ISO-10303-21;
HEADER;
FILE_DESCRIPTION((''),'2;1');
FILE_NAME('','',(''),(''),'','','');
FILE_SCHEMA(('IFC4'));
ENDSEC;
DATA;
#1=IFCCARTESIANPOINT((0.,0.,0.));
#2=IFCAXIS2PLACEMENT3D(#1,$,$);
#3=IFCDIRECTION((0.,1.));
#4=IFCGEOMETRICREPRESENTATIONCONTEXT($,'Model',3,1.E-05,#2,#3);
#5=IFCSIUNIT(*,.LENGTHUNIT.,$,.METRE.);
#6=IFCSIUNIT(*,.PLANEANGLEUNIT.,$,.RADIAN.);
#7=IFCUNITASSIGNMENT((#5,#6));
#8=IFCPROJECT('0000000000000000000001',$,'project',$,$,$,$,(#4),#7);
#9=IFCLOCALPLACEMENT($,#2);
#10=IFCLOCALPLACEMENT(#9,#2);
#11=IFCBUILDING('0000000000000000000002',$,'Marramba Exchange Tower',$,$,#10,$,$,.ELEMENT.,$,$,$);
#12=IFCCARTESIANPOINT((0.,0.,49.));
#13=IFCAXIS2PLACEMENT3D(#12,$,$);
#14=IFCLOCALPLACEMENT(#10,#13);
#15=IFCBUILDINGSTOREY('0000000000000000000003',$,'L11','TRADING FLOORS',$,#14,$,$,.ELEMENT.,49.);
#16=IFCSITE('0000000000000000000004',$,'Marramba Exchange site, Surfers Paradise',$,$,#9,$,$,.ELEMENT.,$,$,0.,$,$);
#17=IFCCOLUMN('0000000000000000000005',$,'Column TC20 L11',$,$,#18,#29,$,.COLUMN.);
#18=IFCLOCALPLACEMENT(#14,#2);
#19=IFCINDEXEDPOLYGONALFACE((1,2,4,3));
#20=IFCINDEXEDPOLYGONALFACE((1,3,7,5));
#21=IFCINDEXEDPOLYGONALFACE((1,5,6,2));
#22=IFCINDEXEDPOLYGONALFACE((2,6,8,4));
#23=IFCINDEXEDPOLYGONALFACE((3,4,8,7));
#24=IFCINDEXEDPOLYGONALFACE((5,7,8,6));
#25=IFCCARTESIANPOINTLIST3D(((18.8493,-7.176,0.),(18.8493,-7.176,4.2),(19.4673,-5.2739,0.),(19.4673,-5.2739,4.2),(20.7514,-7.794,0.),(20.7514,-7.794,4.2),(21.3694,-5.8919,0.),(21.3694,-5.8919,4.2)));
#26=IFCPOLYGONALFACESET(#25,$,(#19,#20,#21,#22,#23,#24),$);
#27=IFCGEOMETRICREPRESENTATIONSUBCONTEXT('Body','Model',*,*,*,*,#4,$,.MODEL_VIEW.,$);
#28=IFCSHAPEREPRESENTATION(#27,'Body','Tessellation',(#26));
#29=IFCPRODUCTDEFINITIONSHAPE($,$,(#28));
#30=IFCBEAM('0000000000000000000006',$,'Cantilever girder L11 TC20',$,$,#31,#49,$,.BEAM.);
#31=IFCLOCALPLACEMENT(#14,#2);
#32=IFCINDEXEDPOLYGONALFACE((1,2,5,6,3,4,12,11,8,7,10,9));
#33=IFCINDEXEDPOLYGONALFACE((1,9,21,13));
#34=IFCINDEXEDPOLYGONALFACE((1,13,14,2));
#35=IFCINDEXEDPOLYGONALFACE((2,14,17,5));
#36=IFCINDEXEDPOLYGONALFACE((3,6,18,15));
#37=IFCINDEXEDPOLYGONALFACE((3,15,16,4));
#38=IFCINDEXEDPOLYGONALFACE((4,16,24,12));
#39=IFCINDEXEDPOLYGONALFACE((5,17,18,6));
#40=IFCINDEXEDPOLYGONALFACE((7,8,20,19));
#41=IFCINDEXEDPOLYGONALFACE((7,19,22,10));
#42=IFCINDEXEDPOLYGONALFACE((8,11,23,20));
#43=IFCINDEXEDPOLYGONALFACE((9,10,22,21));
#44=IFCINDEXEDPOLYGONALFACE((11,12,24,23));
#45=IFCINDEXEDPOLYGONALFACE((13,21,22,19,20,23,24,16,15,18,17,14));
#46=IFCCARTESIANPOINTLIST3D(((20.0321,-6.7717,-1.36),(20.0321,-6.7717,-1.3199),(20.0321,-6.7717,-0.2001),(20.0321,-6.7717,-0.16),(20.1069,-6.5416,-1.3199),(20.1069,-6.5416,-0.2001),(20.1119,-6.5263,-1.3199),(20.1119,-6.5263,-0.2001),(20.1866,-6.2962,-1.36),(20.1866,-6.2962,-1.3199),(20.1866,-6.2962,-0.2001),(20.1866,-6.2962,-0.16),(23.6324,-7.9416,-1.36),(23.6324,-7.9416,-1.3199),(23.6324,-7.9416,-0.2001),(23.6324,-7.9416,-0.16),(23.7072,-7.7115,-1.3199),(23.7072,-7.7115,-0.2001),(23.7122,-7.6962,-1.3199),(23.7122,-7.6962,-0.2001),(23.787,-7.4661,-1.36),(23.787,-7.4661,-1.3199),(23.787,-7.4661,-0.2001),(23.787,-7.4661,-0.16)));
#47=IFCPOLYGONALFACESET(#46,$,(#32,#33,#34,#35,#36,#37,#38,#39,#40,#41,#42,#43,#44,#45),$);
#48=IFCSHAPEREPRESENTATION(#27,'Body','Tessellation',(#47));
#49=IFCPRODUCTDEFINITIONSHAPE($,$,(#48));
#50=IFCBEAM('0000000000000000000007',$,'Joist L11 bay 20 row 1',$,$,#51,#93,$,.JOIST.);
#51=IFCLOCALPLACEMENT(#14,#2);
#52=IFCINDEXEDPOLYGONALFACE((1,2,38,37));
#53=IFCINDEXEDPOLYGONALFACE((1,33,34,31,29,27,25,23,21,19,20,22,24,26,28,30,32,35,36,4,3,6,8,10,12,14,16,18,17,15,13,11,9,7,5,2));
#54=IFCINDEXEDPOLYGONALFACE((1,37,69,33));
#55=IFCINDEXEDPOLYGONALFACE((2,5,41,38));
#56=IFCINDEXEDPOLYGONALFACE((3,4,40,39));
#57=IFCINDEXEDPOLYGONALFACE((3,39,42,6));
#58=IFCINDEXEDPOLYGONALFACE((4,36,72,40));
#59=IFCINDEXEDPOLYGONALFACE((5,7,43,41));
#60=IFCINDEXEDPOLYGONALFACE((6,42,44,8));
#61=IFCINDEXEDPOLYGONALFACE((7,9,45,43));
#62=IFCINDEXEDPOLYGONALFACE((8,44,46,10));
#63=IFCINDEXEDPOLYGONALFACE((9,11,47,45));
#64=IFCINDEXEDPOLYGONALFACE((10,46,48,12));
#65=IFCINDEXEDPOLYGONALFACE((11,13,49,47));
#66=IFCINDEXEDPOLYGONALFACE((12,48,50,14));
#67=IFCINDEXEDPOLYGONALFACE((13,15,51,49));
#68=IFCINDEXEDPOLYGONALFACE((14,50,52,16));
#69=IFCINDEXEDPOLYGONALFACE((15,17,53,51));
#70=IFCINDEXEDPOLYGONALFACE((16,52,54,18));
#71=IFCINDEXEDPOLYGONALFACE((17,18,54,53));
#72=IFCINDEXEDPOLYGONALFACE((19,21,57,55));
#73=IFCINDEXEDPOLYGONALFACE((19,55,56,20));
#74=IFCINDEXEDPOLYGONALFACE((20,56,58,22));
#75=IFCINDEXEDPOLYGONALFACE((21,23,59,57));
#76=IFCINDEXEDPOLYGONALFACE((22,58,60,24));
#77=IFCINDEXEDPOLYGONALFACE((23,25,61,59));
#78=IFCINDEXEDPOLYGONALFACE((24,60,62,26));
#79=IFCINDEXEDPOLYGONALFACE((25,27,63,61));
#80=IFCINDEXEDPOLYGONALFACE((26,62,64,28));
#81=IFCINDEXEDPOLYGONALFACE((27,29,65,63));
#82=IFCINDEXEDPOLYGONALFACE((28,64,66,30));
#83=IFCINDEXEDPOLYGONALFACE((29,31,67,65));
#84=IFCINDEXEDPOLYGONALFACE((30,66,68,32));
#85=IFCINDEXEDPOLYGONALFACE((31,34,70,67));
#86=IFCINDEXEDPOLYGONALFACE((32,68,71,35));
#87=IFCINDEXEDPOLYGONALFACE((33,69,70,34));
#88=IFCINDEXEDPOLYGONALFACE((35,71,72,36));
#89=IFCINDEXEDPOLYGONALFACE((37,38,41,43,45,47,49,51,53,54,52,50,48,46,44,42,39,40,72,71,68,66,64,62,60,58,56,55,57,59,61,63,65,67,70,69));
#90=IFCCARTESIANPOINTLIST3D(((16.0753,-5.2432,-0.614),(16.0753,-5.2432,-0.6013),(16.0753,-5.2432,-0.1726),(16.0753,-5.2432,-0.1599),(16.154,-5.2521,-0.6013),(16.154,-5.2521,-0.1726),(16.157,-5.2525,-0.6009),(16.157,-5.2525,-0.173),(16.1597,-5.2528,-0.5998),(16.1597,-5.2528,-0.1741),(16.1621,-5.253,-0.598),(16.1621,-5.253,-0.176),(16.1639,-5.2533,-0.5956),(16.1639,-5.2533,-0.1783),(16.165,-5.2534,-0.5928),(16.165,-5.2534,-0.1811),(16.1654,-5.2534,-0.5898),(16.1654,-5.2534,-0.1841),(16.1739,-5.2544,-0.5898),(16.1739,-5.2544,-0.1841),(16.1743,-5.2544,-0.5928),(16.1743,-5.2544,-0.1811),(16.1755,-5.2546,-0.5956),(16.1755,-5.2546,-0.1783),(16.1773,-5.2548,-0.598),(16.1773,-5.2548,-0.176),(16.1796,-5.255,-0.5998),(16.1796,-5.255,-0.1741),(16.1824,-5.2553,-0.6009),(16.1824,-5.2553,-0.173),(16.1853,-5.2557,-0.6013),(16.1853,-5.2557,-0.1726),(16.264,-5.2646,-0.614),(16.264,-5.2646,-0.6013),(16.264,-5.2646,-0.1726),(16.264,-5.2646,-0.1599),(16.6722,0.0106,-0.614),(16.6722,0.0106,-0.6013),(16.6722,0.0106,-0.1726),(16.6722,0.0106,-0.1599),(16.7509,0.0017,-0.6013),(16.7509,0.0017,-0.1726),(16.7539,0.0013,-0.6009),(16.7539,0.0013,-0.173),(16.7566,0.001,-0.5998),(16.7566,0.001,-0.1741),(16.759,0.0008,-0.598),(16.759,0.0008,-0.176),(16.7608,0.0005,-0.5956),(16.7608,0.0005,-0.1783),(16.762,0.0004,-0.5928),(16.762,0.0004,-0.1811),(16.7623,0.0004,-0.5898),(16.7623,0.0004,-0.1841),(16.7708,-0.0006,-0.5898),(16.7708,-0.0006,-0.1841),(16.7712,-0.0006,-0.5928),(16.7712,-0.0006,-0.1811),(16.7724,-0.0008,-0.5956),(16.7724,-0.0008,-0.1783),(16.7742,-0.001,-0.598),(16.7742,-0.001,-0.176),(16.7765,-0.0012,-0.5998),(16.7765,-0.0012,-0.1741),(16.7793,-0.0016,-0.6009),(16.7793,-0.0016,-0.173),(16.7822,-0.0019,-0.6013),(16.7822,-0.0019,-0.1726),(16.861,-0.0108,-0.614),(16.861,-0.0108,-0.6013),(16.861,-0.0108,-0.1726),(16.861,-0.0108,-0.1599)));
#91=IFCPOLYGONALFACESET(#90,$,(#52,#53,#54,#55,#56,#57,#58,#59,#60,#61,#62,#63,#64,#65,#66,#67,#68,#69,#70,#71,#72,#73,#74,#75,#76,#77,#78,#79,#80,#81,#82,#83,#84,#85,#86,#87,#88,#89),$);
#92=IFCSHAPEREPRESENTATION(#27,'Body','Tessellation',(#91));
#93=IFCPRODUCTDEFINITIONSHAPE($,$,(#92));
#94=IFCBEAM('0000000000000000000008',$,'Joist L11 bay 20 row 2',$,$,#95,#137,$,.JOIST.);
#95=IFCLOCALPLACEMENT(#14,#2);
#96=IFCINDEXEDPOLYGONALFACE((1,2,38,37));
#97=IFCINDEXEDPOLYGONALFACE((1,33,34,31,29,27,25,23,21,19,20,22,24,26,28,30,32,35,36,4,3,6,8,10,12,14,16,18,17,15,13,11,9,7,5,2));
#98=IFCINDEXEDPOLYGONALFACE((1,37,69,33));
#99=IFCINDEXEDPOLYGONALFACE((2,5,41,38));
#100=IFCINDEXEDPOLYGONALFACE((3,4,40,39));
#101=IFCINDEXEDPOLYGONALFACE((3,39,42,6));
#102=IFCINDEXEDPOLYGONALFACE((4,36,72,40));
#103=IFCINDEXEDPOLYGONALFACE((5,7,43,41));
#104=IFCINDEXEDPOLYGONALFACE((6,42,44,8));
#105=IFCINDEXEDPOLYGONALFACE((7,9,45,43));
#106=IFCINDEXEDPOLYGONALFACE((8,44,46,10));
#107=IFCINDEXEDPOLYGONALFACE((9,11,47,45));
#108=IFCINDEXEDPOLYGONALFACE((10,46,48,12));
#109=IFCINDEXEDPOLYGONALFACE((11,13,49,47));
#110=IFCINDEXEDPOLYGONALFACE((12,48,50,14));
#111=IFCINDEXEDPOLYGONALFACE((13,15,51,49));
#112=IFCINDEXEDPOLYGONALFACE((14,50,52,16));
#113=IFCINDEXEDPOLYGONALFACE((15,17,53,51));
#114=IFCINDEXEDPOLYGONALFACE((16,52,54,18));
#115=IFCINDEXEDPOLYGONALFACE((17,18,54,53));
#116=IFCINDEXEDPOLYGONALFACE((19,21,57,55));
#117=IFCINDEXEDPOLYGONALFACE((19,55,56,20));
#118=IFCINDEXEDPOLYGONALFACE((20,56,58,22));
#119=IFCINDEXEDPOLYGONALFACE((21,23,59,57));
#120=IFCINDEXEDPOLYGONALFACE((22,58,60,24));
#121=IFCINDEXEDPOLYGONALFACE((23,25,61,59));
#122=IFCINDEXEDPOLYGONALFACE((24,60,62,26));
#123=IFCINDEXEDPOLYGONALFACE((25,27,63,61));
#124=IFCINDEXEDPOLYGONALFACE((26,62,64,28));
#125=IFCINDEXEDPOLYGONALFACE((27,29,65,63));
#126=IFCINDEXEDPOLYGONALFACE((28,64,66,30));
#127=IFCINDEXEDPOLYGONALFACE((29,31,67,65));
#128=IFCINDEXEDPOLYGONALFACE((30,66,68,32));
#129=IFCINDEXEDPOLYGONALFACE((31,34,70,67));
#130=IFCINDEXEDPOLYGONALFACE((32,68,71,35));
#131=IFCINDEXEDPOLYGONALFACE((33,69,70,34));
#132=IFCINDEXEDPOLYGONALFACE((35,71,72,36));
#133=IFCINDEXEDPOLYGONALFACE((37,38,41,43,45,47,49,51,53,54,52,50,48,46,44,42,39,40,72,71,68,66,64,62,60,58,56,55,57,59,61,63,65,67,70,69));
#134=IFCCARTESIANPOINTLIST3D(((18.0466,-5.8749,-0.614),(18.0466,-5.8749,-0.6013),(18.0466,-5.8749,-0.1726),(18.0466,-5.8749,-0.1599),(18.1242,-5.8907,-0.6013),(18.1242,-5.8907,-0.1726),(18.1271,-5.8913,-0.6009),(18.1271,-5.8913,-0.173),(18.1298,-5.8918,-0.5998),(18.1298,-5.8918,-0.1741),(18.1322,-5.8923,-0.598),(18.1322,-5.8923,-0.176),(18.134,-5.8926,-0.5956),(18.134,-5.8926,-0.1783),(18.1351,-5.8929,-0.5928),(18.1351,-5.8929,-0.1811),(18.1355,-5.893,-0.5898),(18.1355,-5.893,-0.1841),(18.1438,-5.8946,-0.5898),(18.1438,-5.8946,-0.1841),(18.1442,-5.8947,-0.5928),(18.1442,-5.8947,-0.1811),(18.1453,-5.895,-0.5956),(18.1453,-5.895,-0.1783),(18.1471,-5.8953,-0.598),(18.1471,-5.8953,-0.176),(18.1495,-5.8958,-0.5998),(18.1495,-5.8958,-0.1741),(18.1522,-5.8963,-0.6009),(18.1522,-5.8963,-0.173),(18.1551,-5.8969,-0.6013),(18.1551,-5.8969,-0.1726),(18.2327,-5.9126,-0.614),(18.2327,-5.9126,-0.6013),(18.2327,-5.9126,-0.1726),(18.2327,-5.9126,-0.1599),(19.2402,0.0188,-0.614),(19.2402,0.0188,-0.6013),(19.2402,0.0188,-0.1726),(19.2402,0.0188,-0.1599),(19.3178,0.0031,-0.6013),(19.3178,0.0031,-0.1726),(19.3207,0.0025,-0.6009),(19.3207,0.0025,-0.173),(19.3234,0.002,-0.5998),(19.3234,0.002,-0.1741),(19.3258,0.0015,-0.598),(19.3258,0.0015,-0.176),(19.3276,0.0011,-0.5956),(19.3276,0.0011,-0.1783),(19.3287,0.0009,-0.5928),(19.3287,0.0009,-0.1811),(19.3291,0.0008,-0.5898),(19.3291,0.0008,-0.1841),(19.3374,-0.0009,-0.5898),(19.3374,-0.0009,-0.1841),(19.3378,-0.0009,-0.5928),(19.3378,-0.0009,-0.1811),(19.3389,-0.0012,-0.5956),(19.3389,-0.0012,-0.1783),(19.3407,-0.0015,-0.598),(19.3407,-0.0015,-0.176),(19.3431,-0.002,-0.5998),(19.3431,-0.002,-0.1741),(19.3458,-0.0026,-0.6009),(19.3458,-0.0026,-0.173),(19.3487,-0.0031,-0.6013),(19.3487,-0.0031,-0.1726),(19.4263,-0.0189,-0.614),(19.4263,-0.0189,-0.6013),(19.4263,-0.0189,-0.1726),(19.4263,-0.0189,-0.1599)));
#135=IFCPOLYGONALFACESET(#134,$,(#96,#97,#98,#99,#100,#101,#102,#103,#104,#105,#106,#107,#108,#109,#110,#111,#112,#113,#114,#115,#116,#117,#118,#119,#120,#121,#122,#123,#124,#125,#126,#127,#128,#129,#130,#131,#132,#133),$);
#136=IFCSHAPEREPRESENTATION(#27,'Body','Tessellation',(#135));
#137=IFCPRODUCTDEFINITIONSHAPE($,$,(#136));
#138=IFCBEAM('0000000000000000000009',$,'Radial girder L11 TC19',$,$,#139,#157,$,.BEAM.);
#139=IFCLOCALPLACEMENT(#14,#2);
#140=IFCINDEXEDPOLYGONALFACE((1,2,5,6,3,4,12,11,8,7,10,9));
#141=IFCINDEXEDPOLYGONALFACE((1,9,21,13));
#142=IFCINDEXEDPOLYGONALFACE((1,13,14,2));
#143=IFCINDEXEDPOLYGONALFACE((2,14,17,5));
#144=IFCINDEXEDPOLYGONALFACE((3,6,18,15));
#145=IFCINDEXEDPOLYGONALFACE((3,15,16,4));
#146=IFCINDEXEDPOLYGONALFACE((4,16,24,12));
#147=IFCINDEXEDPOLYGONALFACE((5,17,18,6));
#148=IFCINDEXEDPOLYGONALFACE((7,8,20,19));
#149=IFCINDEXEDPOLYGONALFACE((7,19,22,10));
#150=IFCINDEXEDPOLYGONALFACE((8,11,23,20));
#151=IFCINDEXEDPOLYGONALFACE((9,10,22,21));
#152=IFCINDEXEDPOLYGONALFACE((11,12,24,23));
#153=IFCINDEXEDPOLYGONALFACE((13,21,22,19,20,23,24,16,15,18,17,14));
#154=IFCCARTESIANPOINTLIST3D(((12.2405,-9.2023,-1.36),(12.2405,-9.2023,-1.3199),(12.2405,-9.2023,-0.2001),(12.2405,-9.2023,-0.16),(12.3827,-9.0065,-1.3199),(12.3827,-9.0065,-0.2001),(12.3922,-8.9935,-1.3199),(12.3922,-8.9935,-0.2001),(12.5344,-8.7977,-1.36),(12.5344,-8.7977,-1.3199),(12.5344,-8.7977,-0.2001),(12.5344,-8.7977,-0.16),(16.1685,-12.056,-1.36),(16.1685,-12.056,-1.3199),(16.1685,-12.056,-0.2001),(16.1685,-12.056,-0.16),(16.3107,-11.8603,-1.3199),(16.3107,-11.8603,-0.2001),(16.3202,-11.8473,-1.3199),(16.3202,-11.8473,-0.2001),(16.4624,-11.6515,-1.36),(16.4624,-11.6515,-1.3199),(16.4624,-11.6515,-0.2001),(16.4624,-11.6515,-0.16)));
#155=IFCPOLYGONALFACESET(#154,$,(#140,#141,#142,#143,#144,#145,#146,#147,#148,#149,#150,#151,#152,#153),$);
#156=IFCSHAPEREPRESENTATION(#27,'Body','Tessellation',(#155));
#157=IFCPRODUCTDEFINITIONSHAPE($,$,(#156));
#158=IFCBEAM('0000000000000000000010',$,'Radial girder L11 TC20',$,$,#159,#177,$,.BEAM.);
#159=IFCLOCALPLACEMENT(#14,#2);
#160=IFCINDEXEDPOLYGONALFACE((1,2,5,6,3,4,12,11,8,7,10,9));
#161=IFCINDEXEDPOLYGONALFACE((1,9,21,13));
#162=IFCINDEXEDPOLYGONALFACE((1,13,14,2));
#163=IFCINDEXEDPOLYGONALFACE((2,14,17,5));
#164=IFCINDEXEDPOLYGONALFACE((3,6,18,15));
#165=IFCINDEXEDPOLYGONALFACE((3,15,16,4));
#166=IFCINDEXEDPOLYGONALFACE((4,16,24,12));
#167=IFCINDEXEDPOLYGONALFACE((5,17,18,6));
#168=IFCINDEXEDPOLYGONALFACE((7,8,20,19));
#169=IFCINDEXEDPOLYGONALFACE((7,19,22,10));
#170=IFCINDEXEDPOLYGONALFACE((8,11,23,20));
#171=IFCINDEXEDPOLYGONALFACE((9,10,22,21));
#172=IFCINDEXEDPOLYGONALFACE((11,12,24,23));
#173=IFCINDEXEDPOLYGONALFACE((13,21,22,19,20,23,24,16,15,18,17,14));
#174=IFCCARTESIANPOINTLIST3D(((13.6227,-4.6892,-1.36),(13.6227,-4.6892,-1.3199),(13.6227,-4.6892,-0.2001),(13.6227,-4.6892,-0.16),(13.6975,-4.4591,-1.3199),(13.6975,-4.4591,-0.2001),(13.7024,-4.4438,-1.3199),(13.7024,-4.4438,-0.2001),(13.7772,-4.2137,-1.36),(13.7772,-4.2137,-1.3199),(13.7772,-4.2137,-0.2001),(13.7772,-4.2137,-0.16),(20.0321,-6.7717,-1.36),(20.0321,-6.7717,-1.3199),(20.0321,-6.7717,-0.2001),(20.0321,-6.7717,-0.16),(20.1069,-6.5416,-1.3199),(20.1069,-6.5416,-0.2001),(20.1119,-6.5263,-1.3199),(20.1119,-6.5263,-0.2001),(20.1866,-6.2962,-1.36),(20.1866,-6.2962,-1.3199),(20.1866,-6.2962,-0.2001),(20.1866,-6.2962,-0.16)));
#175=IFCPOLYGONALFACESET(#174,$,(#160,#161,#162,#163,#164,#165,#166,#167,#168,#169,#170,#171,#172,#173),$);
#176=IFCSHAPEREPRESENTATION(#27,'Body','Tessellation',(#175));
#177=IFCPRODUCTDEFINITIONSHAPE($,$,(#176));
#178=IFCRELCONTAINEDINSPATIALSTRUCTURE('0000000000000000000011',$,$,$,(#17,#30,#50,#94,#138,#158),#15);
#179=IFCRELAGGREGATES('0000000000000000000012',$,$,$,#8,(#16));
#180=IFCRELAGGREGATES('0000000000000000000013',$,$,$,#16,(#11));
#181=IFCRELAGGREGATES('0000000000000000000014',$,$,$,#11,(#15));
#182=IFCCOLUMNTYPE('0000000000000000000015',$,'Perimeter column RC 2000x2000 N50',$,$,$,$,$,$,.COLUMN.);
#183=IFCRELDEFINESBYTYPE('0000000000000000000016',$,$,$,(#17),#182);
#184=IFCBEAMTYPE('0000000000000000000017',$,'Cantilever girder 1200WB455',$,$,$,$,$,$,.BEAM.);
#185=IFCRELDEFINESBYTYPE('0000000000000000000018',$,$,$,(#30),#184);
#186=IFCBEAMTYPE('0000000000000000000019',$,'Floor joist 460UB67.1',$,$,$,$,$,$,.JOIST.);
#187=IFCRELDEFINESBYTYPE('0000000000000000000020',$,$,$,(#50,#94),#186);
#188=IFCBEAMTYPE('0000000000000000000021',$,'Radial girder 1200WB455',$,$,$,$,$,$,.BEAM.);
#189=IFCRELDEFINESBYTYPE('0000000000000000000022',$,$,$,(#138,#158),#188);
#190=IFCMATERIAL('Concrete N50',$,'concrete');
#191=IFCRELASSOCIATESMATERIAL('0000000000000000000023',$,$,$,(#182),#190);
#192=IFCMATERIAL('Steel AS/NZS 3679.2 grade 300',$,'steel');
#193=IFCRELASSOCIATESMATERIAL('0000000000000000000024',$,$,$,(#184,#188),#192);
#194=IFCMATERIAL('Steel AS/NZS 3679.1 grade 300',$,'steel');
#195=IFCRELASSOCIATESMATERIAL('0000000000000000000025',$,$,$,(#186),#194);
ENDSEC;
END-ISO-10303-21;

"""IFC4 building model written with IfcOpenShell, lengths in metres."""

from ifc_helpers import new_model, si_unit, direction, frame, origin, origin_2d, place, context, subcontext, project, spatial, rectangle, i_section, extrude, material, material_profile, profile_set, type_object, element, save


model = new_model("IFC4")

# Units and contexts
model_context = context("Model", 3, precision=1e-05, world=origin(), true_north=direction((0.0, 1.0)))
body_context = subcontext(model_context, "Body", "Model", "MODEL_VIEW")
ifc_project = project(units=[si_unit("LENGTHUNIT", "METRE"), si_unit("PLANEANGLEUNIT", "RADIAN")], contexts=[model_context])

# Site, building, storey
site_placement = place(None, origin())
site = spatial("IfcSite", under=ifc_project, at=site_placement, Name="Marramba Exchange site, Surfers Paradise", CompositionType="ELEMENT", RefElevation=0.0)
building_placement = place(site_placement, origin())
building = spatial("IfcBuilding", under=site, at=building_placement, Name="Marramba Exchange Tower", CompositionType="ELEMENT")
storey_placement = place(building_placement, frame((0.0, 0.0, 49.0)))
storey = spatial("IfcBuildingStorey", under=building, at=storey_placement, Name="L11", Description="TRADING FLOORS", CompositionType="ELEMENT", Elevation=49.0)

# Column
ifc_material_1 = material(Name="Concrete N50", Category="concrete")
ifc_material_profile_1 = material_profile(ifc_material_1, rectangle(XDim=2.0, YDim=2.0, at=origin_2d()), Name="RC 2000x2000")
ifc_profile_set_1 = profile_set([ifc_material_profile_1], Name="Concrete N50")
column_type = type_object("IfcColumnType", Name="Perimeter column RC 2000x2000 N50", PredefinedType="COLUMN", material=ifc_profile_set_1)
column_placement = place(storey_placement, frame((20.1094, -6.5339, 0.0), z_axis=(0.0, 0.0, 1.0), x_axis=(0.951057, -0.309017, 0.0)))
element("IfcColumn", 1, at=column_placement, inside=storey, type_object=column_type, Name="Column TC20 L11", PredefinedType="COLUMN", context=body_context, shape_type="SweptSolid", body=[
    extrude(rectangle(XDim=2.0, YDim=2.0, at=origin_2d()), origin(), (0.0, 0.0, 1.0), 4.2),
])

# Beams
ifc_material_2 = material(Name="Steel AS/NZS 3679.2 grade 300", Category="steel")
ifc_material_profile_2 = material_profile(ifc_material_2, i_section(OverallWidth=0.5, OverallDepth=1.2, WebThickness=0.0161, FlangeThickness=0.04, at=origin_2d()), Name="1200WB455")
ifc_profile_set_2 = profile_set([ifc_material_profile_2], Name="Steel AS/NZS 3679.2 grade 300")
beam_type_1 = type_object("IfcBeamType", Name="Cantilever girder 1200WB455", PredefinedType="BEAM", material=ifc_profile_set_2)
beam_1_placement = place(storey_placement, frame((20.1094, -6.5339, -0.76), z_axis=(0.951049, -0.309041, 0.0), x_axis=(0.309041, 0.951049, 0.0)))
element("IfcBeam", 2, at=beam_1_placement, inside=storey, type_object=beam_type_1, Name="Cantilever girder L11 TC20", PredefinedType="BEAM", context=body_context, shape_type="SweptSolid", body=[
    extrude(i_section(OverallWidth=0.5, OverallDepth=1.2, WebThickness=0.0161, FlangeThickness=0.04, at=origin_2d()), origin(), (0.0, 0.0, 1.0), 3.7856),
])
ifc_material_3 = material(Name="Steel AS/NZS 3679.1 grade 300", Category="steel")
ifc_material_profile_3 = material_profile(ifc_material_3, i_section(OverallWidth=0.1899, OverallDepth=0.4541, WebThickness=0.0085, FlangeThickness=0.0127, FilletRadius=0.0115, at=origin_2d()), Name="460UB67.1")
ifc_profile_set_3 = profile_set([ifc_material_profile_3], Name="Steel AS/NZS 3679.1 grade 300")
beam_type_2 = type_object("IfcBeamType", Name="Floor joist 460UB67.1", PredefinedType="JOIST", material=ifc_profile_set_3)
beam_2_placement = place(storey_placement, frame((16.1697, -5.2539, -0.387), z_axis=(0.112889, 0.993608, 0.0), x_axis=(-0.993608, 0.112889, 0.0)))
element("IfcBeam", 3, at=beam_2_placement, inside=storey, type_object=beam_type_2, Name="Joist L11 bay 20 row 1", PredefinedType="JOIST", context=body_context, shape_type="SweptSolid", body=[
    extrude(i_section(OverallWidth=0.1899, OverallDepth=0.4541, WebThickness=0.0085, FlangeThickness=0.0127, FilletRadius=0.0115, at=origin_2d()), origin(), (0.0, 0.0, 1.0), 5.2876),
])
beam_3_placement = place(storey_placement, frame((18.1396, -5.8938, -0.387), z_axis=(0.198489, 0.980103, 0.0), x_axis=(-0.980103, 0.198489, 0.0)))
element("IfcBeam", 4, at=beam_3_placement, inside=storey, type_object=beam_type_2, Name="Joist L11 bay 20 row 2", PredefinedType="JOIST", context=body_context, shape_type="SweptSolid", body=[
    extrude(i_section(OverallWidth=0.1899, OverallDepth=0.4541, WebThickness=0.0085, FlangeThickness=0.0127, FilletRadius=0.0115, at=origin_2d()), origin(), (0.0, 0.0, 1.0), 6.0134),
])
ifc_material_profile_4 = material_profile(ifc_material_2, i_section(OverallWidth=0.5, OverallDepth=1.2, WebThickness=0.0161, FlangeThickness=0.04, at=origin_2d()), Name="1200WB455")
ifc_profile_set_4 = profile_set([ifc_material_profile_4], Name="Steel AS/NZS 3679.2 grade 300")
beam_type_3 = type_object("IfcBeamType", Name="Radial girder 1200WB455", PredefinedType="BEAM", material=ifc_profile_set_4)
beam_4_placement = place(storey_placement, frame((12.3875, -9.0, -0.76), z_axis=(0.809025, -0.587774, 0.0), x_axis=(0.587774, 0.809025, 0.0)))
element("IfcBeam", 5, at=beam_4_placement, inside=storey, type_object=beam_type_3, Name="Radial girder L11 TC19", PredefinedType="BEAM", context=body_context, shape_type="SweptSolid", body=[
    extrude(i_section(OverallWidth=0.5, OverallDepth=1.2, WebThickness=0.0161, FlangeThickness=0.04, at=origin_2d()), origin(), (0.0, 0.0, 1.0), 4.8552),
])
beam_5_placement = place(storey_placement, frame((13.7, -4.4514, -0.76), z_axis=(0.951058, -0.309013, 0.0), x_axis=(0.309013, 0.951058, 0.0)))
element("IfcBeam", 6, at=beam_5_placement, inside=storey, type_object=beam_type_3, Name="Radial girder L11 TC20", PredefinedType="BEAM", context=body_context, shape_type="SweptSolid", body=[
    extrude(i_section(OverallWidth=0.5, OverallDepth=1.2, WebThickness=0.0161, FlangeThickness=0.04, at=origin_2d()), origin(), (0.0, 0.0, 1.0), 6.7393),
])

save(model, "model.ifc")
